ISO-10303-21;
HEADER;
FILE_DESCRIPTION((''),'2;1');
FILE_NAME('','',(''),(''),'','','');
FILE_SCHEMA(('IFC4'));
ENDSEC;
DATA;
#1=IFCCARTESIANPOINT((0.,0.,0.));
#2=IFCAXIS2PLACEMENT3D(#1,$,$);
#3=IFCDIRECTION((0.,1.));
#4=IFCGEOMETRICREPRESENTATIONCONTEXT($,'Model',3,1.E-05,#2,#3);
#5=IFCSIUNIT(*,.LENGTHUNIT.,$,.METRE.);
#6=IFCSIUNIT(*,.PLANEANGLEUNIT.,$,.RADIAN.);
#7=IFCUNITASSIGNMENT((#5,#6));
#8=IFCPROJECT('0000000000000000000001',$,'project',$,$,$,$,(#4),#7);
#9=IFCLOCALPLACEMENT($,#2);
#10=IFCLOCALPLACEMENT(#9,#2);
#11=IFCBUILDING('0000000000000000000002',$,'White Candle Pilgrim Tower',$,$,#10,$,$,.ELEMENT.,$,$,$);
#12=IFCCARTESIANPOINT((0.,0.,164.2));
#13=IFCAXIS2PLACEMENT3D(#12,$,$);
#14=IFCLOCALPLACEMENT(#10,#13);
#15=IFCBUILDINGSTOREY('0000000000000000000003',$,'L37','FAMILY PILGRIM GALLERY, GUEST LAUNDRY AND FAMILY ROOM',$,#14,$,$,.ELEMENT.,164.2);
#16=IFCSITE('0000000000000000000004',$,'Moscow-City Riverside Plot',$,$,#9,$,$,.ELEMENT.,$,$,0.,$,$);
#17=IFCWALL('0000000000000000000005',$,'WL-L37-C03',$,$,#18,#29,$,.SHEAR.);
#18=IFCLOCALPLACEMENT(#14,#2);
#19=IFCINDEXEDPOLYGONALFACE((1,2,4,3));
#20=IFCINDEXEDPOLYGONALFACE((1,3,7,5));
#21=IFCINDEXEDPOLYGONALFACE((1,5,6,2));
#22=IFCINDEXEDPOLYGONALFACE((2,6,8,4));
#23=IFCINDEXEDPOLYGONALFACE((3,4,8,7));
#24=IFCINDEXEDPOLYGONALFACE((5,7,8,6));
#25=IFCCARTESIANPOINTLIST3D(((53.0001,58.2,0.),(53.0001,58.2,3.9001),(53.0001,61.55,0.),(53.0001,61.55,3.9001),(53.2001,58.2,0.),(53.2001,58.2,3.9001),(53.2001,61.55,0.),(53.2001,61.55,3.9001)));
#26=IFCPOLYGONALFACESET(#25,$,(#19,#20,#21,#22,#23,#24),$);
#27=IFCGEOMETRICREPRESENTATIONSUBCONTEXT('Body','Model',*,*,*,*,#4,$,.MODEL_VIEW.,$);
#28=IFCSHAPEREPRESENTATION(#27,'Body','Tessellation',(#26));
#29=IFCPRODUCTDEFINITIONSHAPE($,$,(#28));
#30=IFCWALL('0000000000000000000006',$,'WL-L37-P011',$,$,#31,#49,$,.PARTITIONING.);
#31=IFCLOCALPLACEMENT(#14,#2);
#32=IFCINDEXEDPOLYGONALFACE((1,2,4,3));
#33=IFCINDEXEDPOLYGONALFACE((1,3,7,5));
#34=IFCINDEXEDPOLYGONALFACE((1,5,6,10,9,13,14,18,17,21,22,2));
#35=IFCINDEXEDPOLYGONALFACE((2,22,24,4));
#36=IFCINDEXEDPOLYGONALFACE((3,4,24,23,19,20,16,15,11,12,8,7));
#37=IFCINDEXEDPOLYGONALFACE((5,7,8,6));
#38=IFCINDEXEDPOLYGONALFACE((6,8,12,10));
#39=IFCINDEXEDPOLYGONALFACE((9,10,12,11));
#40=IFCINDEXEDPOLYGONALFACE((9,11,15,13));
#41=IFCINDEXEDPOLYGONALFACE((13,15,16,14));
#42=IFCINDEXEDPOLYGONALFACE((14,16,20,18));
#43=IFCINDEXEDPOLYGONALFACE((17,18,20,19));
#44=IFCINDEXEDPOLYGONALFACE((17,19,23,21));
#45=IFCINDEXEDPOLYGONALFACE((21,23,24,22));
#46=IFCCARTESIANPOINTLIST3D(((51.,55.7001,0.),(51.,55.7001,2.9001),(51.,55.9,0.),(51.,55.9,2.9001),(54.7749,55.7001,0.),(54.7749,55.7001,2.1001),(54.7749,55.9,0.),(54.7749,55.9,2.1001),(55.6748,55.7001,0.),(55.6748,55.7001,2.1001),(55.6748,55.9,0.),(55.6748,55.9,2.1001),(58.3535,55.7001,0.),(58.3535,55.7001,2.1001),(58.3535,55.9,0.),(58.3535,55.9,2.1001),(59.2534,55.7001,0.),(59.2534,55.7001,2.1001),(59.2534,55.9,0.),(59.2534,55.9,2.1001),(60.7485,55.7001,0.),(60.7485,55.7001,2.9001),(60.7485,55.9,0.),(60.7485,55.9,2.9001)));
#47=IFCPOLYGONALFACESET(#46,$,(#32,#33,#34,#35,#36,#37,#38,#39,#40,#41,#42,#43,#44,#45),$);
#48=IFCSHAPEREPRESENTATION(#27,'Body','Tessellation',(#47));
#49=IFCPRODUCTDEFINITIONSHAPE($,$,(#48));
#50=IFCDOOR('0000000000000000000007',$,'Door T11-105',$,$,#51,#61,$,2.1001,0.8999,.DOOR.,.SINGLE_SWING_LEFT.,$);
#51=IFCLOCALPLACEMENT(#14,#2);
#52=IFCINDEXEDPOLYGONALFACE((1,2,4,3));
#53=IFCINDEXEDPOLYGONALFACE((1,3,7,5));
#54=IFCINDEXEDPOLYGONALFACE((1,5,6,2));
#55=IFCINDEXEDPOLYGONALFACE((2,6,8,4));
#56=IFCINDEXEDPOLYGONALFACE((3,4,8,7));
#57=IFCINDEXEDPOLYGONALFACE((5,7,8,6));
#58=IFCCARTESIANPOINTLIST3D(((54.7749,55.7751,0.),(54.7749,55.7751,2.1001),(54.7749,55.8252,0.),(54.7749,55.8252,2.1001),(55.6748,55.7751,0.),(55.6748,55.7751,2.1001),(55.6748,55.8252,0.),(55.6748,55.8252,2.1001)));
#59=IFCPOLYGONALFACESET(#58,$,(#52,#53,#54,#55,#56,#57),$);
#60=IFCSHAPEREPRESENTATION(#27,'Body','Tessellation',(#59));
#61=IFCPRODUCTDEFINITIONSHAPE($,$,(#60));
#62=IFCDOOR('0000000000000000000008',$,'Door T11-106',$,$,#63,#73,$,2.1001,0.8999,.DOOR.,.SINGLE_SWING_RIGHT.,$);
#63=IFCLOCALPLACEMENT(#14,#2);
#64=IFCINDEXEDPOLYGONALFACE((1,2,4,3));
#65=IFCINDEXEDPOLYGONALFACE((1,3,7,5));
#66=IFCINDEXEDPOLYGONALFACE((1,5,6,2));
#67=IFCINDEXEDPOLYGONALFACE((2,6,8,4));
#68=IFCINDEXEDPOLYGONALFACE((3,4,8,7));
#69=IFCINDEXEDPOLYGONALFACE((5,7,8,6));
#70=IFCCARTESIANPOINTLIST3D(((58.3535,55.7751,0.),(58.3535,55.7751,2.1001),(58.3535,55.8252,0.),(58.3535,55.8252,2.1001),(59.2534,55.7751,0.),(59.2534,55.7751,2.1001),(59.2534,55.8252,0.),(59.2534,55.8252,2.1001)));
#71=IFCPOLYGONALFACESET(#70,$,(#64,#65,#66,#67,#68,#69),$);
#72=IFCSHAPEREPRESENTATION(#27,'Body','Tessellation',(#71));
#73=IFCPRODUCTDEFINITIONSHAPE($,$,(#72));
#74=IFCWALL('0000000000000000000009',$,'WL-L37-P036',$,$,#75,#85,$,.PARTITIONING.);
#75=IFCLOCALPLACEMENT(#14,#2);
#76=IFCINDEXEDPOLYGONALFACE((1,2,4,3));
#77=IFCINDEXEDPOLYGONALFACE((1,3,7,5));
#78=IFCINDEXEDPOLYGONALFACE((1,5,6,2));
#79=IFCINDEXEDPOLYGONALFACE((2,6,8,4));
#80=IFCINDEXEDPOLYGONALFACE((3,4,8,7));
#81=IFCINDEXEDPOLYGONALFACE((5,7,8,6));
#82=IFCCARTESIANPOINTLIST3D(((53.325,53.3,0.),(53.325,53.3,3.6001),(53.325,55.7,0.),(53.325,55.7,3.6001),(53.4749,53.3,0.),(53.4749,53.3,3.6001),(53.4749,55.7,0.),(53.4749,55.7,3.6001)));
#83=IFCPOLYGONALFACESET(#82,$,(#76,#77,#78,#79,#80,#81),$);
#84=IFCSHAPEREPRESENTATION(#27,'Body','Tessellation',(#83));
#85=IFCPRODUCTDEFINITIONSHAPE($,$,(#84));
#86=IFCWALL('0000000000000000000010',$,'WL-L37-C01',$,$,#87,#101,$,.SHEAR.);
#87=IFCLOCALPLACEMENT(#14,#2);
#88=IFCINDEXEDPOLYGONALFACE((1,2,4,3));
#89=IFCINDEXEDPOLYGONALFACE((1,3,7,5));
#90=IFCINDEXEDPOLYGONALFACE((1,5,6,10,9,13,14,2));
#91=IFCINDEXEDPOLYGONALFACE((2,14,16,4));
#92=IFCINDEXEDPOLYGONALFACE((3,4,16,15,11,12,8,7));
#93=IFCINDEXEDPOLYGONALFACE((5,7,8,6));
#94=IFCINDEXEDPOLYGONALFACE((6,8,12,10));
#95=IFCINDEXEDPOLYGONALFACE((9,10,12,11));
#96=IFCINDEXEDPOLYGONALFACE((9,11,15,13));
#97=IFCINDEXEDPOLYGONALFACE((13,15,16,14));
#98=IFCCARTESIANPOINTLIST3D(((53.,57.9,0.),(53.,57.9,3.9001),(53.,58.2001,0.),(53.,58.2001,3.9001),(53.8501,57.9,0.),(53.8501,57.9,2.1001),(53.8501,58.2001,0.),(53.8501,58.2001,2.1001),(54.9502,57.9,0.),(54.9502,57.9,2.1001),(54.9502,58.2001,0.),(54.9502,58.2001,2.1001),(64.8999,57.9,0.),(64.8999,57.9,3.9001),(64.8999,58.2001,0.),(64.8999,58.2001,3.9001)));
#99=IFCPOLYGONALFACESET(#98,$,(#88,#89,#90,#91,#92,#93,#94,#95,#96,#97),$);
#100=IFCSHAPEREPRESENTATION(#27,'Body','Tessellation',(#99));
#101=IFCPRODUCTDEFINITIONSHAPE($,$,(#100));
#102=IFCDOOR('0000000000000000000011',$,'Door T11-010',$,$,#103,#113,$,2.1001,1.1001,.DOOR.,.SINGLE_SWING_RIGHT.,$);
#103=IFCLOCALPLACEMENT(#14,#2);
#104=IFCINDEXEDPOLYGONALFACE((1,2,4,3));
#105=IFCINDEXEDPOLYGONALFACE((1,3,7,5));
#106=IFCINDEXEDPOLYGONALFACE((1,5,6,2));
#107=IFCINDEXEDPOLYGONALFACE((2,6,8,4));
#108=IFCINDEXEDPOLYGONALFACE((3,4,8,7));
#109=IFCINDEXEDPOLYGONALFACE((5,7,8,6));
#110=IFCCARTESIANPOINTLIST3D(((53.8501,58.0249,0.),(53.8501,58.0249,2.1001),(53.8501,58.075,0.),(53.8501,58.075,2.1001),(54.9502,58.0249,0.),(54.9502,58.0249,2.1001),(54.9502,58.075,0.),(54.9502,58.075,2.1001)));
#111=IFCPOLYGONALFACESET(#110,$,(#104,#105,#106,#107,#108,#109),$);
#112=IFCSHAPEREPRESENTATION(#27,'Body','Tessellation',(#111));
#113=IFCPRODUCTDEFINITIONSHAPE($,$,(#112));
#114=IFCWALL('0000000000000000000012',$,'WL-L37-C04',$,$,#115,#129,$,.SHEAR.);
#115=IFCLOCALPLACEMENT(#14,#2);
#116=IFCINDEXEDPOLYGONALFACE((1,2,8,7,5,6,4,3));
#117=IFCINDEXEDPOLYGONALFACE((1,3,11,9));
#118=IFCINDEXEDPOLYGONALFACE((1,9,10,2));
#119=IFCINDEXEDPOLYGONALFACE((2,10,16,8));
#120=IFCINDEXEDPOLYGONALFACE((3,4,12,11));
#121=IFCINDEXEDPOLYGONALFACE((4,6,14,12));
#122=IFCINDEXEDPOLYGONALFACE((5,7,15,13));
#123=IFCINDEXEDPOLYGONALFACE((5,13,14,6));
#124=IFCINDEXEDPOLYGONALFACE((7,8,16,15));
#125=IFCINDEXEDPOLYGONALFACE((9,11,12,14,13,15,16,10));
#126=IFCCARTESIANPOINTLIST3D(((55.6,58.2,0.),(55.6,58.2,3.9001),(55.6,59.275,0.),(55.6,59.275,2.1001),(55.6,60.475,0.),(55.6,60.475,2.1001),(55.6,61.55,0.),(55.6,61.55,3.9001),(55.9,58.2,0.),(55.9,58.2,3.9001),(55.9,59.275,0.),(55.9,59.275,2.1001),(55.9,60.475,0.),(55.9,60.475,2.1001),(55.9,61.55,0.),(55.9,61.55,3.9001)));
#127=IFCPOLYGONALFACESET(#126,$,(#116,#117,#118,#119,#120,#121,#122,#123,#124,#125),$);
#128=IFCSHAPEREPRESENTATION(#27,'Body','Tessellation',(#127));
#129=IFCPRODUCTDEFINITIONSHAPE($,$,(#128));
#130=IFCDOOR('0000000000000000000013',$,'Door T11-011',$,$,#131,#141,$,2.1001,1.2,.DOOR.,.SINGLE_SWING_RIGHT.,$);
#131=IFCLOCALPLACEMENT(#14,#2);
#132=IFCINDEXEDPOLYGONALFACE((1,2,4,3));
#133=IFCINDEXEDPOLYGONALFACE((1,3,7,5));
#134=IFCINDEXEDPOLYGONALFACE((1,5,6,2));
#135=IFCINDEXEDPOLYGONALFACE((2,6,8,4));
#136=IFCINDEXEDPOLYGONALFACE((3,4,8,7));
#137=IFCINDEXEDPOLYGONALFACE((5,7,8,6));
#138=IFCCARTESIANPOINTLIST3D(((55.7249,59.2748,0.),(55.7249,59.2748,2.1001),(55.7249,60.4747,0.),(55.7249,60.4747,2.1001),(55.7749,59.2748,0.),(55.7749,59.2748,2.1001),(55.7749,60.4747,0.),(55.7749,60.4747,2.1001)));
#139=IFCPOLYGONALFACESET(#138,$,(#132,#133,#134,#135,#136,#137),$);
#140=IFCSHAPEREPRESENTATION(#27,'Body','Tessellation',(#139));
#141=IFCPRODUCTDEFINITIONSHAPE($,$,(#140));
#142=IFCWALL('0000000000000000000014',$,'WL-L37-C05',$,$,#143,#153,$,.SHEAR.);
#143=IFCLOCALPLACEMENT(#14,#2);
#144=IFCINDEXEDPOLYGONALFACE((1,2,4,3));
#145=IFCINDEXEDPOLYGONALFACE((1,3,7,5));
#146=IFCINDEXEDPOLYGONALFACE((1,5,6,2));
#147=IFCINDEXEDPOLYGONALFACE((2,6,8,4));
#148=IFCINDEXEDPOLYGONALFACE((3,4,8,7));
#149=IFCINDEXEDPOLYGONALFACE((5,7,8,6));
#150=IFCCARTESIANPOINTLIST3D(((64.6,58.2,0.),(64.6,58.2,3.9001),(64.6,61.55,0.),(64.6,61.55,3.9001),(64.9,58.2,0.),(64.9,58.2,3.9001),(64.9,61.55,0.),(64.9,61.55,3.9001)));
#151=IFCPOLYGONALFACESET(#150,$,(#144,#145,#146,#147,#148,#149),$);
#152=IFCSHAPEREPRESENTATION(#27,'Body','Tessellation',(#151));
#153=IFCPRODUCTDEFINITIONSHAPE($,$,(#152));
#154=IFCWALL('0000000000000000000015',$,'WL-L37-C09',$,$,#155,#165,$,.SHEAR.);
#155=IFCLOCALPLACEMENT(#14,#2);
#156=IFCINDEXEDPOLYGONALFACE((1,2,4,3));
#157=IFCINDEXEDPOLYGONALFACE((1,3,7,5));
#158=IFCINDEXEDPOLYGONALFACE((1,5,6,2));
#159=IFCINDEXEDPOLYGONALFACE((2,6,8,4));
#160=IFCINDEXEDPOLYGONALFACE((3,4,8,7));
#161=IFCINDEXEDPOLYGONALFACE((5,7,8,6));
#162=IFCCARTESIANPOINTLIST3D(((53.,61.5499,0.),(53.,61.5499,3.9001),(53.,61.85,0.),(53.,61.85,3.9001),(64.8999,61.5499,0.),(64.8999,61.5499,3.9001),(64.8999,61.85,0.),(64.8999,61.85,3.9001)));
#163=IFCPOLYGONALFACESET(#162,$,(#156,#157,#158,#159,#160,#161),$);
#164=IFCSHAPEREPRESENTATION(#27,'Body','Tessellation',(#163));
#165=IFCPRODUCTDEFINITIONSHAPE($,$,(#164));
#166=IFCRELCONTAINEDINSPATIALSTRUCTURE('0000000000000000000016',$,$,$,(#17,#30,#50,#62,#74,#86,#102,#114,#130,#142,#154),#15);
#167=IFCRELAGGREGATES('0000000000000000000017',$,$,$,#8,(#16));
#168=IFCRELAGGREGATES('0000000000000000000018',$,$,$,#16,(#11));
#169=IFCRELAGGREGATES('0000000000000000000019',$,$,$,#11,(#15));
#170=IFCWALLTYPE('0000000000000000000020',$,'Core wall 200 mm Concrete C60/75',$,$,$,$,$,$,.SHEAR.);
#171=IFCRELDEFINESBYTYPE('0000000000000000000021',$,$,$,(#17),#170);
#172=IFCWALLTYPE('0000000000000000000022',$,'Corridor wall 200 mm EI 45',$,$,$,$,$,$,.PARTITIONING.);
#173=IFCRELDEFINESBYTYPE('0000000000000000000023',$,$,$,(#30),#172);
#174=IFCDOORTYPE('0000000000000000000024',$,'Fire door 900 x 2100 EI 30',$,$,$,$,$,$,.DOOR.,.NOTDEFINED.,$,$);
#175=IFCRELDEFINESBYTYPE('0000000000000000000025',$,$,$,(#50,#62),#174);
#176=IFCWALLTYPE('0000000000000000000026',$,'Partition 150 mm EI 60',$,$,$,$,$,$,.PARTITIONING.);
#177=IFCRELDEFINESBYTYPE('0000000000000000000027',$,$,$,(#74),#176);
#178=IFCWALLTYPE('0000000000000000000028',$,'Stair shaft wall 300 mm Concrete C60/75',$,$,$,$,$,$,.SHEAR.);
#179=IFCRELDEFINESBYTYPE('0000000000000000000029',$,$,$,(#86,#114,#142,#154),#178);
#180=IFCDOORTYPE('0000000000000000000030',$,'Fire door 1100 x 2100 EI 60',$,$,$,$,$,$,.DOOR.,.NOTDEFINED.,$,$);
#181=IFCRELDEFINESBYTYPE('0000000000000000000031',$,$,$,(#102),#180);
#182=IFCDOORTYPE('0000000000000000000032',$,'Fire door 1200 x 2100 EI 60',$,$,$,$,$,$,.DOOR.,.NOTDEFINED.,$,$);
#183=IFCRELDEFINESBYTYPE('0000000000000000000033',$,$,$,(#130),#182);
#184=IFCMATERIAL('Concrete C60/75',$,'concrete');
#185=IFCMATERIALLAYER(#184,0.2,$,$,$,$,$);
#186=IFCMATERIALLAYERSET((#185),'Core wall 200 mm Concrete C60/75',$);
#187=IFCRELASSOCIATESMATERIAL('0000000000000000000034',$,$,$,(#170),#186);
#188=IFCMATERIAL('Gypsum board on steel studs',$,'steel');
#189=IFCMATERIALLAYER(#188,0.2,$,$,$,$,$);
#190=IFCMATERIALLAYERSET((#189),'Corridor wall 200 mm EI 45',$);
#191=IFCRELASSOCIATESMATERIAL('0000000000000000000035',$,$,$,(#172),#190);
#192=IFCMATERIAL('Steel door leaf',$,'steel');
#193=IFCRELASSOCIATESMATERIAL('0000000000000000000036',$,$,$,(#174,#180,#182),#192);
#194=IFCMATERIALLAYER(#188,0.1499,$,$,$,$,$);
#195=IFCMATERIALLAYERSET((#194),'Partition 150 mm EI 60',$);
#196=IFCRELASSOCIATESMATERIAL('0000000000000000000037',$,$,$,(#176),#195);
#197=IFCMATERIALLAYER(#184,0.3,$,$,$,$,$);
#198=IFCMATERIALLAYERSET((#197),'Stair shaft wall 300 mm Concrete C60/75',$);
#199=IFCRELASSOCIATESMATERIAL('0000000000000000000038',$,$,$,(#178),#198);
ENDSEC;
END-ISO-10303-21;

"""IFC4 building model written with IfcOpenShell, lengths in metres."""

from ifc_helpers import new_model, si_unit, direction, frame, frame_2d, origin, place, context, subcontext, project, spatial, rectangle, extrude, material, layer, layer_set, type_object, element, fill, save


model = new_model("IFC4")

# Units and contexts
model_context = context("Model", 3, precision=1e-05, world=origin(), true_north=direction((0.0, 1.0)))
body_context = subcontext(model_context, "Body", "Model", "MODEL_VIEW")
ifc_project = project(units=[si_unit("LENGTHUNIT", "METRE"), si_unit("PLANEANGLEUNIT", "RADIAN")], contexts=[model_context])

# Site, building, storey
site_placement = place(None, origin())
site = spatial("IfcSite", under=ifc_project, at=site_placement, Name="Moscow-City Riverside Plot", CompositionType="ELEMENT", RefElevation=0.0)
building_placement = place(site_placement, origin())
building = spatial("IfcBuilding", under=site, at=building_placement, Name="White Candle Pilgrim Tower", CompositionType="ELEMENT")
storey_placement = place(building_placement, frame((0.0, 0.0, 164.2)))
storey = spatial("IfcBuildingStorey", under=building, at=storey_placement, Name="L37", Description="FAMILY PILGRIM GALLERY, GUEST LAUNDRY AND FAMILY ROOM", CompositionType="ELEMENT", Elevation=164.2)

# Wall
ifc_material_1 = material(Name="Concrete C60/75", Category="concrete")
ifc_layer_1 = layer(ifc_material_1, 0.2)
ifc_layer_set_1 = layer_set([ifc_layer_1], Name="Core wall 200 mm Concrete C60/75")
wall_type_1 = type_object("IfcWallType", Name="Core wall 200 mm Concrete C60/75", PredefinedType="SHEAR", material=ifc_layer_set_1)
wall_1_placement = place(storey_placement, frame((53.1001, 58.2, 0.0), z_axis=(0.0, 0.0, 1.0), x_axis=(0.0, 1.0, 0.0)))
element("IfcWall", 1, at=wall_1_placement, inside=storey, type_object=wall_type_1, Name="WL-L37-C03", PredefinedType="SHEAR", context=body_context, shape_type="SweptSolid", body=[
    extrude(rectangle(XDim=3.3501, YDim=0.2, at=frame_2d((1.675, 0.0))), origin(), (0.0, 0.0, 1.0), 3.9001),
])

# Wall, openings, doors
ifc_material_2 = material(Name="Gypsum board on steel studs", Category="steel")
ifc_layer_2 = layer(ifc_material_2, 0.2)
ifc_layer_set_2 = layer_set([ifc_layer_2], Name="Corridor wall 200 mm EI 45")
wall_type_2 = type_object("IfcWallType", Name="Corridor wall 200 mm EI 45", PredefinedType="PARTITIONING", material=ifc_layer_set_2)
wall_2_placement = place(storey_placement, frame((60.7485, 55.8, 0.0), z_axis=(0.0, 0.0, 1.0), x_axis=(-1.0, 0.0, 0.0)))
wall_2 = element("IfcWall", 2, at=wall_2_placement, inside=storey, type_object=wall_type_2, Name="WL-L37-P011", PredefinedType="PARTITIONING", context=body_context, shape_type="SweptSolid", body=[
    extrude(rectangle(XDim=9.7485, YDim=0.2, at=frame_2d((4.8743, 0.0))), origin(), (0.0, 0.0, 1.0), 2.9001),
])
opening_1_placement = place(wall_2_placement, frame((5.0737, 0.0, 0.0)))
opening_1 = element("IfcOpeningElement", 3, at=opening_1_placement, cuts=wall_2, PredefinedType="OPENING", context=body_context, shape_type="SweptSolid", body=[
    extrude(rectangle(XDim=0.8999, YDim=2.1001, at=frame_2d((0.45, 1.05))), frame((0.0, 0.1099, 0.0), z_axis=(0.0, -1.0, 0.0), x_axis=(1.0, 0.0, 0.0)), (0.0, 0.0, 1.0), 0.22),
])
opening_2_placement = place(wall_2_placement, frame((1.4951, 0.0, 0.0)))
opening_2 = element("IfcOpeningElement", 4, at=opening_2_placement, cuts=wall_2, PredefinedType="OPENING", context=body_context, shape_type="SweptSolid", body=[
    extrude(rectangle(XDim=0.8999, YDim=2.1001, at=frame_2d((0.45, 1.05))), frame((0.0, 0.1099, 0.0), z_axis=(0.0, -1.0, 0.0), x_axis=(1.0, 0.0, 0.0)), (0.0, 0.0, 1.0), 0.22),
])
ifc_material_3 = material(Name="Steel door leaf", Category="steel")
door_type_1 = type_object("IfcDoorType", Name="Fire door 900 x 2100 EI 30", OperationType="NOTDEFINED", PredefinedType="DOOR", material=ifc_material_3)
door_1_placement = place(opening_1_placement, origin())
door_1 = element("IfcDoor", 5, at=door_1_placement, inside=storey, type_object=door_type_1, Name="Door T11-105", OperationType="SINGLE_SWING_LEFT", OverallHeight=2.1001, OverallWidth=0.8999, PredefinedType="DOOR", context=body_context, shape_type="SweptSolid", body=[
    extrude(rectangle(XDim=0.8999, YDim=2.1001, at=frame_2d((0.45, 1.05))), frame((0.0, 0.0249, 0.0), z_axis=(0.0, -1.0, 0.0), x_axis=(1.0, 0.0, 0.0)), (0.0, 0.0, 1.0), 0.05),
])
fill(opening_1, door_1)
door_2_placement = place(opening_2_placement, origin())
door_2 = element("IfcDoor", 6, at=door_2_placement, inside=storey, type_object=door_type_1, Name="Door T11-106", OperationType="SINGLE_SWING_RIGHT", OverallHeight=2.1001, OverallWidth=0.8999, PredefinedType="DOOR", context=body_context, shape_type="SweptSolid", body=[
    extrude(rectangle(XDim=0.8999, YDim=2.1001, at=frame_2d((0.45, 1.05))), frame((0.0, 0.0249, 0.0), z_axis=(0.0, -1.0, 0.0), x_axis=(1.0, 0.0, 0.0)), (0.0, 0.0, 1.0), 0.05),
])
fill(opening_2, door_2)

# Wall
ifc_layer_3 = layer(ifc_material_2, 0.1499)
ifc_layer_set_3 = layer_set([ifc_layer_3], Name="Partition 150 mm EI 60")
wall_type_3 = type_object("IfcWallType", Name="Partition 150 mm EI 60", PredefinedType="PARTITIONING", material=ifc_layer_set_3)
wall_3_placement = place(storey_placement, frame((53.3999, 55.7, 0.0), z_axis=(0.0, 0.0, 1.0), x_axis=(0.0, -1.0, 0.0)))
element("IfcWall", 7, at=wall_3_placement, inside=storey, type_object=wall_type_3, Name="WL-L37-P036", PredefinedType="PARTITIONING", context=body_context, shape_type="SweptSolid", body=[
    extrude(rectangle(XDim=2.3999, YDim=0.1499, at=frame_2d((1.2, 0.0))), origin(), (0.0, 0.0, 1.0), 3.6001),
])

# Walls, openings, doors
ifc_layer_4 = layer(ifc_material_1, 0.3)
ifc_layer_set_4 = layer_set([ifc_layer_4], Name="Stair shaft wall 300 mm Concrete C60/75")
wall_type_4 = type_object("IfcWallType", Name="Stair shaft wall 300 mm Concrete C60/75", PredefinedType="SHEAR", material=ifc_layer_set_4)
wall_4_placement = place(storey_placement, frame((53.0, 58.05, 0.0), z_axis=(0.0, 0.0, 1.0), x_axis=(1.0, 0.0, 0.0)))
wall_4 = element("IfcWall", 8, at=wall_4_placement, inside=storey, type_object=wall_type_4, Name="WL-L37-C01", PredefinedType="SHEAR", context=body_context, shape_type="SweptSolid", body=[
    extrude(rectangle(XDim=11.8999, YDim=0.3, at=frame_2d((5.95, 0.0))), origin(), (0.0, 0.0, 1.0), 3.9001),
])
opening_3_placement = place(wall_4_placement, frame((0.8501, 0.0, 0.0)))
opening_3 = element("IfcOpeningElement", 9, at=opening_3_placement, cuts=wall_4, PredefinedType="OPENING", context=body_context, shape_type="SweptSolid", body=[
    extrude(rectangle(XDim=1.1001, YDim=2.1001, at=frame_2d((0.55, 1.05))), frame((0.0, 0.1599, 0.0), z_axis=(0.0, -1.0, 0.0), x_axis=(1.0, 0.0, 0.0)), (0.0, 0.0, 1.0), 0.3201),
])
door_type_2 = type_object("IfcDoorType", Name="Fire door 1100 x 2100 EI 60", OperationType="NOTDEFINED", PredefinedType="DOOR", material=ifc_material_3)
door_3_placement = place(opening_3_placement, origin())
door_3 = element("IfcDoor", 10, at=door_3_placement, inside=storey, type_object=door_type_2, Name="Door T11-010", OperationType="SINGLE_SWING_RIGHT", OverallHeight=2.1001, OverallWidth=1.1001, PredefinedType="DOOR", context=body_context, shape_type="SweptSolid", body=[
    extrude(rectangle(XDim=1.1001, YDim=2.1001, at=frame_2d((0.55, 1.05))), frame((0.0, 0.0249, 0.0), z_axis=(0.0, -1.0, 0.0), x_axis=(1.0, 0.0, 0.0)), (0.0, 0.0, 1.0), 0.05),
])
fill(opening_3, door_3)
wall_5_placement = place(storey_placement, frame((55.75, 58.2, 0.0), z_axis=(0.0, 0.0, 1.0), x_axis=(0.0, 1.0, 0.0)))
wall_5 = element("IfcWall", 11, at=wall_5_placement, inside=storey, type_object=wall_type_4, Name="WL-L37-C04", PredefinedType="SHEAR", context=body_context, shape_type="SweptSolid", body=[
    extrude(rectangle(XDim=3.3501, YDim=0.3, at=frame_2d((1.675, 0.0))), origin(), (0.0, 0.0, 1.0), 3.9001),
])
opening_4_placement = place(wall_5_placement, frame((1.075, 0.0, 0.0)))
opening_4 = element("IfcOpeningElement", 12, at=opening_4_placement, cuts=wall_5, PredefinedType="OPENING", context=body_context, shape_type="SweptSolid", body=[
    extrude(rectangle(XDim=1.2, YDim=2.1001, at=frame_2d((0.6001, 1.05))), frame((0.0, 0.1599, 0.0), z_axis=(0.0, -1.0, 0.0), x_axis=(1.0, 0.0, 0.0)), (0.0, 0.0, 1.0), 0.3201),
])
door_type_3 = type_object("IfcDoorType", Name="Fire door 1200 x 2100 EI 60", OperationType="NOTDEFINED", PredefinedType="DOOR", material=ifc_material_3)
door_4_placement = place(opening_4_placement, frame((1.2, 0.0, 0.0), z_axis=(0.0, 0.0, 1.0), x_axis=(-1.0, 0.0, 0.0)))
door_4 = element("IfcDoor", 13, at=door_4_placement, inside=storey, type_object=door_type_3, Name="Door T11-011", OperationType="SINGLE_SWING_RIGHT", OverallHeight=2.1001, OverallWidth=1.2, PredefinedType="DOOR", context=body_context, shape_type="SweptSolid", body=[
    extrude(rectangle(XDim=1.2, YDim=2.1001, at=frame_2d((0.6001, 1.05))), frame((0.0, 0.0249, 0.0), z_axis=(0.0, -1.0, 0.0), x_axis=(1.0, 0.0, 0.0)), (0.0, 0.0, 1.0), 0.05),
])
fill(opening_4, door_4)

# Walls
wall_6_placement = place(storey_placement, frame((64.75, 58.2, 0.0), z_axis=(0.0, 0.0, 1.0), x_axis=(0.0, 1.0, 0.0)))
element("IfcWall", 14, at=wall_6_placement, inside=storey, type_object=wall_type_4, Name="WL-L37-C05", PredefinedType="SHEAR", context=body_context, shape_type="SweptSolid", body=[
    extrude(rectangle(XDim=3.3501, YDim=0.3, at=frame_2d((1.675, 0.0))), origin(), (0.0, 0.0, 1.0), 3.9001),
])
wall_7_placement = place(storey_placement, frame((53.0, 61.7, 0.0), z_axis=(0.0, 0.0, 1.0), x_axis=(1.0, 0.0, 0.0)))
element("IfcWall", 15, at=wall_7_placement, inside=storey, type_object=wall_type_4, Name="WL-L37-C09", PredefinedType="SHEAR", context=body_context, shape_type="SweptSolid", body=[
    extrude(rectangle(XDim=11.8999, YDim=0.3, at=frame_2d((5.95, 0.0))), origin(), (0.0, 0.0, 1.0), 3.9001),
])

save(model, "model.ifc")
